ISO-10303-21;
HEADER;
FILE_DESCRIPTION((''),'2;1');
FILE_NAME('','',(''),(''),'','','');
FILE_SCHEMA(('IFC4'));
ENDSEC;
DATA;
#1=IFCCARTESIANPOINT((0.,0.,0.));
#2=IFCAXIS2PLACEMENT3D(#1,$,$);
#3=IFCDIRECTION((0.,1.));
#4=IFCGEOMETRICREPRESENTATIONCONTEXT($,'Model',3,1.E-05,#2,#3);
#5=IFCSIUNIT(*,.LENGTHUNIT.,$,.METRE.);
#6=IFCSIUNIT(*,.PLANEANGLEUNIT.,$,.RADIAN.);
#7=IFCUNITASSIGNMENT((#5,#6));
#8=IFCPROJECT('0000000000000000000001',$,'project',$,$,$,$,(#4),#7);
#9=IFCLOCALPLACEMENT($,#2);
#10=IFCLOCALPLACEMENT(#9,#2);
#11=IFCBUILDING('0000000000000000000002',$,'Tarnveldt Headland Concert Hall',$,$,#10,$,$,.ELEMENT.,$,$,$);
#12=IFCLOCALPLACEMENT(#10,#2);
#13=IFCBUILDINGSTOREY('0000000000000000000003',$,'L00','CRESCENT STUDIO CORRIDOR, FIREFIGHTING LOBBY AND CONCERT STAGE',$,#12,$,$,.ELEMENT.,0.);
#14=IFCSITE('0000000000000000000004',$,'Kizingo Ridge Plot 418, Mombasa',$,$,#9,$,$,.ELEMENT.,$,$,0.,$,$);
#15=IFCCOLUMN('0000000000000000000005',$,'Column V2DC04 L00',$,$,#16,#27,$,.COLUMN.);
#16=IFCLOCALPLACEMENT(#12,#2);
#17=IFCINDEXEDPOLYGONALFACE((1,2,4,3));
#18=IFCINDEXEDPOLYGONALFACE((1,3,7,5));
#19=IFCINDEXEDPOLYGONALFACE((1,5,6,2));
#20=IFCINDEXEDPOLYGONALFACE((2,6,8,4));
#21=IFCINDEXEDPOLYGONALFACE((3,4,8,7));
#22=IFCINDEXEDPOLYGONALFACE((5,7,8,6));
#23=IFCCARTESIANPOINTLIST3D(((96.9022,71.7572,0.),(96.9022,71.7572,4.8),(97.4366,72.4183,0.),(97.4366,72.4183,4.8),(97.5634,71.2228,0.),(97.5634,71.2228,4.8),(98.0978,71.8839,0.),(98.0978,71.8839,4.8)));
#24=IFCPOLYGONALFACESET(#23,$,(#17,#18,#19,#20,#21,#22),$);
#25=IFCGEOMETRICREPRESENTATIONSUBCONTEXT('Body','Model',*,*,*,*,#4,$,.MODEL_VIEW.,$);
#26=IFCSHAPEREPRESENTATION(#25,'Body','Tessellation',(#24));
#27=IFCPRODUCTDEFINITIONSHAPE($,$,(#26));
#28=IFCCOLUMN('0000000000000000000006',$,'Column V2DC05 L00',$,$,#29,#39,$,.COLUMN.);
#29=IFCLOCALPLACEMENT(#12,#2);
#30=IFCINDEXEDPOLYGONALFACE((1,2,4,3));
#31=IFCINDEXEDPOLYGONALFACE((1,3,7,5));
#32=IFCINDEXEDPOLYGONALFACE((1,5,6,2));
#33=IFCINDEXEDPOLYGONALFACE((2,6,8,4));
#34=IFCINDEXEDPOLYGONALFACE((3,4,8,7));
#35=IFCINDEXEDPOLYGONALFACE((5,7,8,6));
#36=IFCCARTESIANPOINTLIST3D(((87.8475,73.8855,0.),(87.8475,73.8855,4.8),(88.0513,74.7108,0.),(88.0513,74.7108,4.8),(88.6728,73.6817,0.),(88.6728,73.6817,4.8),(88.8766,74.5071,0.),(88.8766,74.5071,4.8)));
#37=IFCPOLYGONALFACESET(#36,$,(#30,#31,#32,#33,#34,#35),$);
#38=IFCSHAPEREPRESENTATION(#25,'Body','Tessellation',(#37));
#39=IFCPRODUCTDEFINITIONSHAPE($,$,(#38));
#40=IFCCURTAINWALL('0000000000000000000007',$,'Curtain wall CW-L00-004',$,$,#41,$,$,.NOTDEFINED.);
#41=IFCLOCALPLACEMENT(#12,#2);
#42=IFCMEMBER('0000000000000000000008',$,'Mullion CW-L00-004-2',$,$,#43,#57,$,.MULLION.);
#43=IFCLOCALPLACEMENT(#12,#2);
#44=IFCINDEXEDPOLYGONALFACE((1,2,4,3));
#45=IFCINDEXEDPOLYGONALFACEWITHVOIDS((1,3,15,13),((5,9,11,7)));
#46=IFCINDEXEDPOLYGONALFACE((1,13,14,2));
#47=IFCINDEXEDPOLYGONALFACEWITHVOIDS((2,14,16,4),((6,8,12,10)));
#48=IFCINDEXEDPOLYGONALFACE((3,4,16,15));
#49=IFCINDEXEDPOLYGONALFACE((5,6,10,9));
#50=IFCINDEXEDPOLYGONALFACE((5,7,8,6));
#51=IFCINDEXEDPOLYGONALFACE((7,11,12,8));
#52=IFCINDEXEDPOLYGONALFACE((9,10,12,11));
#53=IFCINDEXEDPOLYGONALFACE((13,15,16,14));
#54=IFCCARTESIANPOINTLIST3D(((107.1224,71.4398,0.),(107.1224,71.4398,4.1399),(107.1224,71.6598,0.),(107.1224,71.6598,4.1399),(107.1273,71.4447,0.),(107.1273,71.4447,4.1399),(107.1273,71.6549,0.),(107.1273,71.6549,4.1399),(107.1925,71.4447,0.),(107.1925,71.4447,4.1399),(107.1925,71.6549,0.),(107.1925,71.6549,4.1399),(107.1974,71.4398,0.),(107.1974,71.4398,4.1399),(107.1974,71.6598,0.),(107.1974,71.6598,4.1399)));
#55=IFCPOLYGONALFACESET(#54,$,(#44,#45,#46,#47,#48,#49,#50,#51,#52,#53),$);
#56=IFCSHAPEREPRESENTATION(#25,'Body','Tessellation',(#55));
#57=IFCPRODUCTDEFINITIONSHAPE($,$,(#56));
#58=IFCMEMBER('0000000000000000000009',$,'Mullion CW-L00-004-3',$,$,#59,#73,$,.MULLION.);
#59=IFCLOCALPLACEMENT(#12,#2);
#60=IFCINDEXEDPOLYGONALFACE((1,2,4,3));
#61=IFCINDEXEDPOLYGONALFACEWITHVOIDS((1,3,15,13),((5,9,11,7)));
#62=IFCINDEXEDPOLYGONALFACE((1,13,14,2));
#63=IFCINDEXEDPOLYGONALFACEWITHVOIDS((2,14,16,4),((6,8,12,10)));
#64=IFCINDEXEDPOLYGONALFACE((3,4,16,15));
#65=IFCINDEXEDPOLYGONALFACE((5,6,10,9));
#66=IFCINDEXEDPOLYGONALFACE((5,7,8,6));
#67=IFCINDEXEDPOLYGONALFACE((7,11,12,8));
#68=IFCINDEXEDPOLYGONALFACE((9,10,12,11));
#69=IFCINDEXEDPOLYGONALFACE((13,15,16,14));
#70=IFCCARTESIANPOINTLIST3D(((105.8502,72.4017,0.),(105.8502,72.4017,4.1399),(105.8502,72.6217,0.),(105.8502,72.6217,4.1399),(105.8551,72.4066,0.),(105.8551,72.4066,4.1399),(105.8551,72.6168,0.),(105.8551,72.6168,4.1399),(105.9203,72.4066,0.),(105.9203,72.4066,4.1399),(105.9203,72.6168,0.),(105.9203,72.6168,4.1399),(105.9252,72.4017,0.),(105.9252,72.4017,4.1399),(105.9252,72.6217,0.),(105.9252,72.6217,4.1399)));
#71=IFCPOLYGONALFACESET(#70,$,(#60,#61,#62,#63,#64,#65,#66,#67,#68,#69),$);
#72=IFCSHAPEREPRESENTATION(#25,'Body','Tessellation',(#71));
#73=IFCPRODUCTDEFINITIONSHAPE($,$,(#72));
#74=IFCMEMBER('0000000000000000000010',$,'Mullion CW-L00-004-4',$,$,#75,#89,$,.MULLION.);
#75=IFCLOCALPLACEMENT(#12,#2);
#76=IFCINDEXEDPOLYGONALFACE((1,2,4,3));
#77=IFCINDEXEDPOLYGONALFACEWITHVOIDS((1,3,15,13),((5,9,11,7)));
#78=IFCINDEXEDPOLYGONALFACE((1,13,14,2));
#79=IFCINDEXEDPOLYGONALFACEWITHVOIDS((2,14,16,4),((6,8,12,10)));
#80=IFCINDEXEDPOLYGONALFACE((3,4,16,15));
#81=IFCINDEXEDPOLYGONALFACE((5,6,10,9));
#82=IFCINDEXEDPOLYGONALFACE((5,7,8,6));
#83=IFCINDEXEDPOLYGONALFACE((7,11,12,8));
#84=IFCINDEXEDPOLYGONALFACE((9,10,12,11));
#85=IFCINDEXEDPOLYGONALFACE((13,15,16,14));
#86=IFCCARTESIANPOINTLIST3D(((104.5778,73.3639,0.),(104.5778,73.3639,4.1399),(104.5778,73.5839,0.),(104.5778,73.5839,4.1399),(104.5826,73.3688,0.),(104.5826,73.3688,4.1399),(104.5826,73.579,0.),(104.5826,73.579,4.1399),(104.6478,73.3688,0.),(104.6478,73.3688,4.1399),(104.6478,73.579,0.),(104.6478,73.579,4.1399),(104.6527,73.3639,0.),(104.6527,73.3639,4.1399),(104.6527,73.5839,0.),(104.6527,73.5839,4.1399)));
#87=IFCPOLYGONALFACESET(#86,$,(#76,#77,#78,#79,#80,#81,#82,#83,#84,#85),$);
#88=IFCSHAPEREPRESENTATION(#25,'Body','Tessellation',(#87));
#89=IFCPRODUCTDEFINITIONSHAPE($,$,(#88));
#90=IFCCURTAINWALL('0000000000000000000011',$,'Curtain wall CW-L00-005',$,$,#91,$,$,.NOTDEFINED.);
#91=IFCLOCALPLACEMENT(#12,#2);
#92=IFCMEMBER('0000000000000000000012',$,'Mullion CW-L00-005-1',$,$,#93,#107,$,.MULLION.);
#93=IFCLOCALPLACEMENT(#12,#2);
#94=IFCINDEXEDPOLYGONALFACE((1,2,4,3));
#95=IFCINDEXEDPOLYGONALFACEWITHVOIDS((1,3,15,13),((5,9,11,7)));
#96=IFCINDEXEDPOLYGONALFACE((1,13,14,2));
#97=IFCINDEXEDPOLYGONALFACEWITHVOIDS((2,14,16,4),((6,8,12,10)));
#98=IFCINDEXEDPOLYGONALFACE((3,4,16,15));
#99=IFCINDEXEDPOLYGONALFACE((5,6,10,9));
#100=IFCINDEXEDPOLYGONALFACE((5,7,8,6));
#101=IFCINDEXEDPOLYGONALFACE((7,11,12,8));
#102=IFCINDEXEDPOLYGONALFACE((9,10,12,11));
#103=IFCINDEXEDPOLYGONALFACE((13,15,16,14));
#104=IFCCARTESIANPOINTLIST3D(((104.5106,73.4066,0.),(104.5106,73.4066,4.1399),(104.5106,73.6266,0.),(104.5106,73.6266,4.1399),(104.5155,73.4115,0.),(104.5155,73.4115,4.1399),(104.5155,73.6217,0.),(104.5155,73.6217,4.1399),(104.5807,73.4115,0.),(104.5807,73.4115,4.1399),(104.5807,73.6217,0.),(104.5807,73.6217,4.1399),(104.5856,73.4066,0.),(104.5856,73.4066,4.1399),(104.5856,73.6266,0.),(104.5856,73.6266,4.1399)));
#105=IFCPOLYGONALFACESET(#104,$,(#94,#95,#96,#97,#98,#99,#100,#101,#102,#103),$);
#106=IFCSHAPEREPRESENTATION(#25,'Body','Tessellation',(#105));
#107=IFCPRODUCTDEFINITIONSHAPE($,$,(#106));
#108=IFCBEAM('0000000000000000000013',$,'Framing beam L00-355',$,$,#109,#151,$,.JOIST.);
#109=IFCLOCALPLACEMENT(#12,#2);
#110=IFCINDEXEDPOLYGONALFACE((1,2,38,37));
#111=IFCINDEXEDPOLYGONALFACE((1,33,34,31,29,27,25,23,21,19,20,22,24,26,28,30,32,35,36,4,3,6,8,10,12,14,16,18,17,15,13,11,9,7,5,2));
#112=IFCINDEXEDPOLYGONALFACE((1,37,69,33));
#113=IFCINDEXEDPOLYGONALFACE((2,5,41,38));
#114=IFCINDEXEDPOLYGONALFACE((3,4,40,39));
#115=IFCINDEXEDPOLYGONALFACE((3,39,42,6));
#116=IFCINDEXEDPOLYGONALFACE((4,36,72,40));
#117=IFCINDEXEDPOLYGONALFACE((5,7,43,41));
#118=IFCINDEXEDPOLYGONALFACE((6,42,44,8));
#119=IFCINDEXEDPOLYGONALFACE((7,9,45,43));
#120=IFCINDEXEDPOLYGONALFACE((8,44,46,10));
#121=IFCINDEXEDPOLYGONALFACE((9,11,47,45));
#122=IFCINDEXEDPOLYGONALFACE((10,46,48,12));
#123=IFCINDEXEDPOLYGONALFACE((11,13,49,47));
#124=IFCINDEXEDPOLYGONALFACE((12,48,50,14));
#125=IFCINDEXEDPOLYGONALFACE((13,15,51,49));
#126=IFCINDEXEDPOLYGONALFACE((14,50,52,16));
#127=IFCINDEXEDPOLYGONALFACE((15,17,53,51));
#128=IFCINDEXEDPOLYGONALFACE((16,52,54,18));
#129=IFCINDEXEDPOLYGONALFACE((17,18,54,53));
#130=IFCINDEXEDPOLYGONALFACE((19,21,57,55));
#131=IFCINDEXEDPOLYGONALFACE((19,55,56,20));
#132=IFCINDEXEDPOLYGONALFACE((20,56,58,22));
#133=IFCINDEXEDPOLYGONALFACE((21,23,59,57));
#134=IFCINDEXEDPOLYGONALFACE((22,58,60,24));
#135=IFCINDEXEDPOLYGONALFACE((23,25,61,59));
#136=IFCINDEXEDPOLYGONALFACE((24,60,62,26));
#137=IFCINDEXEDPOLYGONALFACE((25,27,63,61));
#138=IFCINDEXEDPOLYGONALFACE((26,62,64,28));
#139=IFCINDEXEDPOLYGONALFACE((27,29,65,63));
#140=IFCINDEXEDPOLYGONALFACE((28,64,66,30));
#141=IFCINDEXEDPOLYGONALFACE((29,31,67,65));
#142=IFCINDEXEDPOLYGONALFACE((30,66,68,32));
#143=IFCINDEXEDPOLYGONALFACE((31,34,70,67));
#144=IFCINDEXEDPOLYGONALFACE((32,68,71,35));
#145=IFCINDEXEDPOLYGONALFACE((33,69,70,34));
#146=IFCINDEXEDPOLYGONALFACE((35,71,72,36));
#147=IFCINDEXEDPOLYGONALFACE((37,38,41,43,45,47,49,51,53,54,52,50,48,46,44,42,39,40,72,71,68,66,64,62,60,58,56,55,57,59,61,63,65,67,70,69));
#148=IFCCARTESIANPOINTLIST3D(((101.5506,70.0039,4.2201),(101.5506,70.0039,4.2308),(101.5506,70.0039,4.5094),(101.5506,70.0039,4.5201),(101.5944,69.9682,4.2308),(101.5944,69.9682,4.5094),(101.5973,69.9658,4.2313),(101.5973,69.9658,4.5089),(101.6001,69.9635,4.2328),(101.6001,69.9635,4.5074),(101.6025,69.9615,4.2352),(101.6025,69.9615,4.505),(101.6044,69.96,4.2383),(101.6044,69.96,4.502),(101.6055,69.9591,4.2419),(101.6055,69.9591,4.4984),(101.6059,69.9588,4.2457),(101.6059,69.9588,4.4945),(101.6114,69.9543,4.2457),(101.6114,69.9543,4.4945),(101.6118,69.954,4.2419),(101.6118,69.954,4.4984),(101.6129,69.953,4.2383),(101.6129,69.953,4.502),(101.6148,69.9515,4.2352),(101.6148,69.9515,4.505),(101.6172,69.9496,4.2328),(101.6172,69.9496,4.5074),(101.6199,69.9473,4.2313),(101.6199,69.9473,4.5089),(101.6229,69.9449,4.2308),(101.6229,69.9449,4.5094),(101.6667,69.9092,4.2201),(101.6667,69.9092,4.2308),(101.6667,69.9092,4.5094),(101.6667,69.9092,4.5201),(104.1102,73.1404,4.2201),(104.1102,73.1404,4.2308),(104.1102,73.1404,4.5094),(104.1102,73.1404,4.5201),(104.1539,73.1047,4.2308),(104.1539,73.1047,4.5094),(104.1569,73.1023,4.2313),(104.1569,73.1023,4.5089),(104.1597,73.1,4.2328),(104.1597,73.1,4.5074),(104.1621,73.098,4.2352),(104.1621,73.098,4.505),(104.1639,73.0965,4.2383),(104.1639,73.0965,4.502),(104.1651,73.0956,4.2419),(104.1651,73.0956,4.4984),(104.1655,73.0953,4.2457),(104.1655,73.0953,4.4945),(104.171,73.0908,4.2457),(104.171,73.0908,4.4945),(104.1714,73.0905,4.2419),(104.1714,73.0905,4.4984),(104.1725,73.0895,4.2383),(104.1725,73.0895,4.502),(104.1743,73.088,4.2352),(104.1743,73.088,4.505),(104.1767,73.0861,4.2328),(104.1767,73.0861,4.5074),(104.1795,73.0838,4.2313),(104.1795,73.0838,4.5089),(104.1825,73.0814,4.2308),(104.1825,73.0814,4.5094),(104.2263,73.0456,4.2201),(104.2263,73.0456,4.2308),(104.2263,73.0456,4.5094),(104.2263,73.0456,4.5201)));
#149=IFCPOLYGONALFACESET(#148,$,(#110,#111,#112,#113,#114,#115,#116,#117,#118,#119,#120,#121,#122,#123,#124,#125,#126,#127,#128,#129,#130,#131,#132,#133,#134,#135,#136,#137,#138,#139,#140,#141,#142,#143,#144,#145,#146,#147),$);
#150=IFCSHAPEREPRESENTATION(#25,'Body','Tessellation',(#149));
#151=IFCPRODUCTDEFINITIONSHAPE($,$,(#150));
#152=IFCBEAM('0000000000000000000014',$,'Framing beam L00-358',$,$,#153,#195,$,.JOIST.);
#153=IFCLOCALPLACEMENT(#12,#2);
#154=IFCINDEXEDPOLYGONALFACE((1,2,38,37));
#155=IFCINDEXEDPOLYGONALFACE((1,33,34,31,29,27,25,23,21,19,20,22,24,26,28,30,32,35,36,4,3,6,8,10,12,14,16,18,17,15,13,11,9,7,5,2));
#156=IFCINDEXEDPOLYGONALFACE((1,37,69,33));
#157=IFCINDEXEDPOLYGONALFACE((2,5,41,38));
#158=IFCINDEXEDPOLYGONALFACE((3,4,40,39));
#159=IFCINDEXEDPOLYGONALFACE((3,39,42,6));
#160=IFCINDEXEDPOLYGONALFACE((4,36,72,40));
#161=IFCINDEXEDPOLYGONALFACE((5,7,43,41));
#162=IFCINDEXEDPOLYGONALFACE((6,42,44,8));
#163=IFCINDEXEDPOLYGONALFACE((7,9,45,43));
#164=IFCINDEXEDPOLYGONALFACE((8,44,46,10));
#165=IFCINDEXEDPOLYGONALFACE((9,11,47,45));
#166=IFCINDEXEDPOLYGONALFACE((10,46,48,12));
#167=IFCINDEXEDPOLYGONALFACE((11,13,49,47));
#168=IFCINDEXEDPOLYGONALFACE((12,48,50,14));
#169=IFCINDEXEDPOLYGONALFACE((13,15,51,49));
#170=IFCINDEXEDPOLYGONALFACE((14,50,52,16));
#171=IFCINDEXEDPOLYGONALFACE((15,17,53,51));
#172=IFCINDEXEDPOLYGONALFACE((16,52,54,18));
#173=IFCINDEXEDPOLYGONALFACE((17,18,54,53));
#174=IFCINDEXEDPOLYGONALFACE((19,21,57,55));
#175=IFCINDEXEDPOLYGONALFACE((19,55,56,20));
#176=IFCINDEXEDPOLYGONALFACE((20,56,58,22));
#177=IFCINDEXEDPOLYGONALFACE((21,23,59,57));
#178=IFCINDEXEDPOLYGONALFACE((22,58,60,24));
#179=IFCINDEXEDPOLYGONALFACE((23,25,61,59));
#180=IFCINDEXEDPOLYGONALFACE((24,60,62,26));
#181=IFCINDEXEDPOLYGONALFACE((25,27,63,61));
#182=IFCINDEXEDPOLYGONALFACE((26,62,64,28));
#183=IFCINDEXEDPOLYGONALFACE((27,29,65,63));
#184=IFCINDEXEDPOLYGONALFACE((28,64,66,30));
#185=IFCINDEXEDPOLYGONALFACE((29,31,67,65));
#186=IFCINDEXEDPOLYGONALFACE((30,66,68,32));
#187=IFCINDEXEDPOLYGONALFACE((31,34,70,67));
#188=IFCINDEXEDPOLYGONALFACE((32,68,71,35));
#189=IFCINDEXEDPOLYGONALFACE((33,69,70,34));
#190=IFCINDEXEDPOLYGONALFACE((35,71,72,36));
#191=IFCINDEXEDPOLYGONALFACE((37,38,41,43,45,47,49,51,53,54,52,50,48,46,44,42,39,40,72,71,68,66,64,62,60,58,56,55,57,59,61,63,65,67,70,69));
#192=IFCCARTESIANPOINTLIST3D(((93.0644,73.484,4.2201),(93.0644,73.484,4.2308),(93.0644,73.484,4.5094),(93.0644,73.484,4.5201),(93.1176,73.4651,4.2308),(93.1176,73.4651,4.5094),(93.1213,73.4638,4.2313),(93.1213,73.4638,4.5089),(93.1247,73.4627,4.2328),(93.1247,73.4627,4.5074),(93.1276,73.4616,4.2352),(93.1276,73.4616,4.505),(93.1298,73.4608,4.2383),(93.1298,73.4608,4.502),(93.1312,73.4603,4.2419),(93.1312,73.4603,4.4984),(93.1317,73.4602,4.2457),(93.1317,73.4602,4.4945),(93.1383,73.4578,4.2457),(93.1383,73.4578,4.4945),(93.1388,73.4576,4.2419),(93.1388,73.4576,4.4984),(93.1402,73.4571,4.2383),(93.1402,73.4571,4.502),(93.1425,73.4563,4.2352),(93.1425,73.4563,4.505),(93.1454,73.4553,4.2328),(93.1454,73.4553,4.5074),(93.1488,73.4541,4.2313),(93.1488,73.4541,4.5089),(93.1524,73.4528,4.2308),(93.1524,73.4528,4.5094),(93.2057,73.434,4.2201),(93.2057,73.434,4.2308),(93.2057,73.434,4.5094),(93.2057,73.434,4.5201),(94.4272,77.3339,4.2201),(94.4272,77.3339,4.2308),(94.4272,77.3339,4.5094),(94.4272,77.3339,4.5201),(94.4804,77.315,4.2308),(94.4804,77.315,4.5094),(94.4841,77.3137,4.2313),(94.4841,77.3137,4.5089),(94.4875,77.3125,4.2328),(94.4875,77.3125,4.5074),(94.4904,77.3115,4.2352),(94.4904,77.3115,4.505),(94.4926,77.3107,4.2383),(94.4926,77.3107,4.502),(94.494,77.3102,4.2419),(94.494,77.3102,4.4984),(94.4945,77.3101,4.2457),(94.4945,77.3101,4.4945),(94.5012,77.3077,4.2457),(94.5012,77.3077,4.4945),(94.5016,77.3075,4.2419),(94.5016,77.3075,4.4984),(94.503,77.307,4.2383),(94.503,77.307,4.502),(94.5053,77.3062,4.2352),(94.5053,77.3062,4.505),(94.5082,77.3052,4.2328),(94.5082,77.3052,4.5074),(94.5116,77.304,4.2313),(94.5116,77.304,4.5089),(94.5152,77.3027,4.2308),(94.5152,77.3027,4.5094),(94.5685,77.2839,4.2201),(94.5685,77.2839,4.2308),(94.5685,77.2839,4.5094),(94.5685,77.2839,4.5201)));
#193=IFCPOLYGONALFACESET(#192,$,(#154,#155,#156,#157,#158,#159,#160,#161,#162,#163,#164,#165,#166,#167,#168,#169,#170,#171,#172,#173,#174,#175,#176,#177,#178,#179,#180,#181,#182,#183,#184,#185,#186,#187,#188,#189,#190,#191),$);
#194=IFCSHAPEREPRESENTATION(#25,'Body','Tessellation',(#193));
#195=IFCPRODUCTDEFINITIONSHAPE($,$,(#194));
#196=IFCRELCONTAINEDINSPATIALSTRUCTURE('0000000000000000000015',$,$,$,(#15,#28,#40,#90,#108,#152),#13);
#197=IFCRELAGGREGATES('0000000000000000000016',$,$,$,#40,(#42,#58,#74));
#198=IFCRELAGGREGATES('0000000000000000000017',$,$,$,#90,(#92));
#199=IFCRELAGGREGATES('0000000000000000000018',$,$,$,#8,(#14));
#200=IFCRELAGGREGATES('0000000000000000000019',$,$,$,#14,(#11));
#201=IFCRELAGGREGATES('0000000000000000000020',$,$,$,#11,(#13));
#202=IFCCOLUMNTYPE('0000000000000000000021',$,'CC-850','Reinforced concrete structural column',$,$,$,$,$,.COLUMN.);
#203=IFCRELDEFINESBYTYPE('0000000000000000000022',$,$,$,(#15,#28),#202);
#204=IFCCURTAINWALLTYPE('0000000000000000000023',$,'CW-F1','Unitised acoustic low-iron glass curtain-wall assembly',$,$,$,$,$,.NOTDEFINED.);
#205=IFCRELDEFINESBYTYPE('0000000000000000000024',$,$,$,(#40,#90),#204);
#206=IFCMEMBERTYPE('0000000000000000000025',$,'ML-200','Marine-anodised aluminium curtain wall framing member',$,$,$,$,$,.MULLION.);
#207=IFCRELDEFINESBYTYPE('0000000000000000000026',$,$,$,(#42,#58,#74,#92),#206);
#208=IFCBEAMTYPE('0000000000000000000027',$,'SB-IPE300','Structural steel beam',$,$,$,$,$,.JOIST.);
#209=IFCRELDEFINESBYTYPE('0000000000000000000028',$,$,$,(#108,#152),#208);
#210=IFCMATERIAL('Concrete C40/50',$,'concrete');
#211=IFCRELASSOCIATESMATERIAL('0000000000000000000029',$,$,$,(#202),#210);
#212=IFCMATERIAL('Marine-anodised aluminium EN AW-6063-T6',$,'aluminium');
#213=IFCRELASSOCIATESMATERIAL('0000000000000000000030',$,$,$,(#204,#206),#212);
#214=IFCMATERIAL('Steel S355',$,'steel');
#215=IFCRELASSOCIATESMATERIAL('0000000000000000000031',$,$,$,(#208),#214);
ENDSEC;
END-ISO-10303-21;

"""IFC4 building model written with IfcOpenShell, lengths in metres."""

from ifc_helpers import new_model, si_unit, direction, frame, origin, origin_2d, place, context, subcontext, project, spatial, rectangle, hollow_rectangle, i_section, extrude, material, material_profile, profile_set, type_object, element, aggregate, save


model = new_model("IFC4")

# Units and contexts
model_context = context("Model", 3, precision=1e-05, world=origin(), true_north=direction((0.0, 1.0)))
body_context = subcontext(model_context, "Body", "Model", "MODEL_VIEW")
ifc_project = project(units=[si_unit("LENGTHUNIT", "METRE"), si_unit("PLANEANGLEUNIT", "RADIAN")], contexts=[model_context])

# Site, building, storey
site_placement = place(None, origin())
site = spatial("IfcSite", under=ifc_project, at=site_placement, Name="Kizingo Ridge Plot 418, Mombasa", CompositionType="ELEMENT", RefElevation=0.0)
building_placement = place(site_placement, origin())
building = spatial("IfcBuilding", under=site, at=building_placement, Name="Tarnveldt Headland Concert Hall", CompositionType="ELEMENT")
storey_placement = place(building_placement, origin())
storey = spatial("IfcBuildingStorey", under=building, at=storey_placement, Name="L00", Description="CRESCENT STUDIO CORRIDOR, FIREFIGHTING LOBBY AND CONCERT STAGE", CompositionType="ELEMENT", Elevation=0.0)

# Columns
ifc_material_1 = material(Name="Concrete C40/50", Category="concrete")
ifc_material_profile_1 = material_profile(ifc_material_1, rectangle(XDim=0.8501, YDim=0.8501, at=origin_2d()), Name="RC 850x850", Category="concrete")
ifc_profile_set_1 = profile_set([ifc_material_profile_1], Name="Concrete C40/50")
column_type = type_object("IfcColumnType", Name="CC-850", Description="Reinforced concrete structural column", PredefinedType="COLUMN", material=ifc_profile_set_1)
for number, where, z_axis, x_axis, name in (
    (1, (97.5, 71.8206, 0.0), (0.0, 0.0, 1.0), (0.628642, 0.777695, 0.0), "Column V2DC04 L00"),
    (2, (88.3621, 74.1963, 0.0), (0.0, 0.0, 1.0), (0.23972, 0.970842, 0.0), "Column V2DC05 L00"),
):
    element("IfcColumn", number, at=place(storey_placement, frame(where, z_axis=z_axis, x_axis=x_axis)), inside=storey, type_object=column_type, Name=name, PredefinedType="COLUMN", context=body_context, shape_type="SweptSolid", body=[
        extrude(rectangle(XDim=0.8501, YDim=0.8501, at=origin_2d()), origin(), (0.0, 0.0, 1.0), 4.8),
    ])

# Curtain wall, members
ifc_material_2 = material(Name="Marine-anodised aluminium EN AW-6063-T6", Category="aluminium")
curtain_wall_type = type_object("IfcCurtainWallType", Name="CW-F1", Description="Unitised acoustic low-iron glass curtain-wall assembly", PredefinedType="NOTDEFINED", material=ifc_material_2)
curtain_wall_1_placement = place(storey_placement, origin())
curtain_wall_1 = element("IfcCurtainWall", 3, at=curtain_wall_1_placement, inside=storey, type_object=curtain_wall_type, Name="Curtain wall CW-L00-004", PredefinedType="NOTDEFINED")
ifc_material_profile_2 = material_profile(ifc_material_2, hollow_rectangle(XDim=0.075, YDim=0.22, WallThickness=0.0049, at=origin_2d()), Name="ALU MULLION 75x220x5", Category="aluminium")
ifc_profile_set_2 = profile_set([ifc_material_profile_2], Name="Marine-anodised aluminium EN AW-6063-T6")
member_type_1 = type_object("IfcMemberType", Name="ML-200", Description="Marine-anodised aluminium curtain wall framing member", PredefinedType="MULLION", material=ifc_profile_set_2)
member_1_placement = place(storey_placement, frame((107.1599, 71.5498, 0.0), z_axis=(0.0, 0.0, 1.0), x_axis=(1.0, 0.0, 0.0)))
member_1 = element("IfcMember", 4, at=member_1_placement, type_object=member_type_1, Name="Mullion CW-L00-004-2", PredefinedType="MULLION", context=body_context, shape_type="SweptSolid", body=[
    extrude(hollow_rectangle(XDim=0.075, YDim=0.22, WallThickness=0.0049, at=origin_2d()), origin(), (0.0, 0.0, 1.0), 4.1399),
])
member_2_placement = place(storey_placement, frame((105.8877, 72.5117, 0.0), z_axis=(0.0, 0.0, 1.0), x_axis=(1.0, 0.0, 0.0)))
member_2 = element("IfcMember", 5, at=member_2_placement, type_object=member_type_1, Name="Mullion CW-L00-004-3", PredefinedType="MULLION", context=body_context, shape_type="SweptSolid", body=[
    extrude(hollow_rectangle(XDim=0.075, YDim=0.22, WallThickness=0.0049, at=origin_2d()), origin(), (0.0, 0.0, 1.0), 4.1399),
])
member_3_placement = place(storey_placement, frame((104.6152, 73.4739, 0.0), z_axis=(0.0, 0.0, 1.0), x_axis=(1.0, 0.0, 0.0)))
member_3 = element("IfcMember", 6, at=member_3_placement, type_object=member_type_1, Name="Mullion CW-L00-004-4", PredefinedType="MULLION", context=body_context, shape_type="SweptSolid", body=[
    extrude(hollow_rectangle(XDim=0.075, YDim=0.22, WallThickness=0.0049, at=origin_2d()), origin(), (0.0, 0.0, 1.0), 4.1399),
])

# Curtain wall, member
curtain_wall_2_placement = place(storey_placement, origin())
curtain_wall_2 = element("IfcCurtainWall", 7, at=curtain_wall_2_placement, inside=storey, type_object=curtain_wall_type, Name="Curtain wall CW-L00-005", PredefinedType="NOTDEFINED")
member_4_placement = place(storey_placement, frame((104.5481, 73.5166, 0.0), z_axis=(0.0, 0.0, 1.0), x_axis=(1.0, 0.0, 0.0)))
member_4 = element("IfcMember", 8, at=member_4_placement, type_object=member_type_1, Name="Mullion CW-L00-005-1", PredefinedType="MULLION", context=body_context, shape_type="SweptSolid", body=[
    extrude(hollow_rectangle(XDim=0.075, YDim=0.22, WallThickness=0.0049, at=origin_2d()), origin(), (0.0, 0.0, 1.0), 4.1399),
])

# Beams
ifc_material_3 = material(Name="Steel S355", Category="steel")
ifc_material_profile_3 = material_profile(ifc_material_3, i_section(OverallWidth=0.1499, OverallDepth=0.3, WebThickness=0.0071, FlangeThickness=0.0107, FilletRadius=0.0149, at=origin_2d()), Name="IPE300", Category="steel")
ifc_profile_set_3 = profile_set([ifc_material_profile_3], Name="Steel S355")
beam_type_1 = type_object("IfcBeamType", Name="SB-IPE300", Description="Structural steel beam", PredefinedType="JOIST", material=ifc_profile_set_3)
beam_1_placement = place(storey_placement, frame((101.6086, 69.9565, 4.3701), z_axis=(0.632255, 0.77476, 0.0), x_axis=(-0.77476, 0.632255, 0.0)))
element("IfcBeam", 9, at=beam_1_placement, inside=storey, type_object=beam_type_1, Name="Framing beam L00-355", PredefinedType="JOIST", context=body_context, shape_type="SweptSolid", body=[
    extrude(i_section(OverallWidth=0.1499, OverallDepth=0.3, WebThickness=0.0071, FlangeThickness=0.0107, FilletRadius=0.0149, at=origin_2d()), origin(), (0.0, 0.0, 1.0), 4.0483),
])
beam_2_placement = place(storey_placement, frame((93.135, 73.459, 4.3701), z_axis=(0.333696, 0.942681, 0.0), x_axis=(-0.942681, 0.333696, 0.0)))
element("IfcBeam", 10, at=beam_2_placement, inside=storey, type_object=beam_type_1, Name="Framing beam L00-358", PredefinedType="JOIST", context=body_context, shape_type="SweptSolid", body=[
    extrude(i_section(OverallWidth=0.1499, OverallDepth=0.3, WebThickness=0.0071, FlangeThickness=0.0107, FilletRadius=0.0149, at=origin_2d()), origin(), (0.0, 0.0, 1.0), 4.084),
])

aggregate(curtain_wall_1, [member_1, member_2, member_3])
aggregate(curtain_wall_2, [member_4])

save(model, "model.ifc")
